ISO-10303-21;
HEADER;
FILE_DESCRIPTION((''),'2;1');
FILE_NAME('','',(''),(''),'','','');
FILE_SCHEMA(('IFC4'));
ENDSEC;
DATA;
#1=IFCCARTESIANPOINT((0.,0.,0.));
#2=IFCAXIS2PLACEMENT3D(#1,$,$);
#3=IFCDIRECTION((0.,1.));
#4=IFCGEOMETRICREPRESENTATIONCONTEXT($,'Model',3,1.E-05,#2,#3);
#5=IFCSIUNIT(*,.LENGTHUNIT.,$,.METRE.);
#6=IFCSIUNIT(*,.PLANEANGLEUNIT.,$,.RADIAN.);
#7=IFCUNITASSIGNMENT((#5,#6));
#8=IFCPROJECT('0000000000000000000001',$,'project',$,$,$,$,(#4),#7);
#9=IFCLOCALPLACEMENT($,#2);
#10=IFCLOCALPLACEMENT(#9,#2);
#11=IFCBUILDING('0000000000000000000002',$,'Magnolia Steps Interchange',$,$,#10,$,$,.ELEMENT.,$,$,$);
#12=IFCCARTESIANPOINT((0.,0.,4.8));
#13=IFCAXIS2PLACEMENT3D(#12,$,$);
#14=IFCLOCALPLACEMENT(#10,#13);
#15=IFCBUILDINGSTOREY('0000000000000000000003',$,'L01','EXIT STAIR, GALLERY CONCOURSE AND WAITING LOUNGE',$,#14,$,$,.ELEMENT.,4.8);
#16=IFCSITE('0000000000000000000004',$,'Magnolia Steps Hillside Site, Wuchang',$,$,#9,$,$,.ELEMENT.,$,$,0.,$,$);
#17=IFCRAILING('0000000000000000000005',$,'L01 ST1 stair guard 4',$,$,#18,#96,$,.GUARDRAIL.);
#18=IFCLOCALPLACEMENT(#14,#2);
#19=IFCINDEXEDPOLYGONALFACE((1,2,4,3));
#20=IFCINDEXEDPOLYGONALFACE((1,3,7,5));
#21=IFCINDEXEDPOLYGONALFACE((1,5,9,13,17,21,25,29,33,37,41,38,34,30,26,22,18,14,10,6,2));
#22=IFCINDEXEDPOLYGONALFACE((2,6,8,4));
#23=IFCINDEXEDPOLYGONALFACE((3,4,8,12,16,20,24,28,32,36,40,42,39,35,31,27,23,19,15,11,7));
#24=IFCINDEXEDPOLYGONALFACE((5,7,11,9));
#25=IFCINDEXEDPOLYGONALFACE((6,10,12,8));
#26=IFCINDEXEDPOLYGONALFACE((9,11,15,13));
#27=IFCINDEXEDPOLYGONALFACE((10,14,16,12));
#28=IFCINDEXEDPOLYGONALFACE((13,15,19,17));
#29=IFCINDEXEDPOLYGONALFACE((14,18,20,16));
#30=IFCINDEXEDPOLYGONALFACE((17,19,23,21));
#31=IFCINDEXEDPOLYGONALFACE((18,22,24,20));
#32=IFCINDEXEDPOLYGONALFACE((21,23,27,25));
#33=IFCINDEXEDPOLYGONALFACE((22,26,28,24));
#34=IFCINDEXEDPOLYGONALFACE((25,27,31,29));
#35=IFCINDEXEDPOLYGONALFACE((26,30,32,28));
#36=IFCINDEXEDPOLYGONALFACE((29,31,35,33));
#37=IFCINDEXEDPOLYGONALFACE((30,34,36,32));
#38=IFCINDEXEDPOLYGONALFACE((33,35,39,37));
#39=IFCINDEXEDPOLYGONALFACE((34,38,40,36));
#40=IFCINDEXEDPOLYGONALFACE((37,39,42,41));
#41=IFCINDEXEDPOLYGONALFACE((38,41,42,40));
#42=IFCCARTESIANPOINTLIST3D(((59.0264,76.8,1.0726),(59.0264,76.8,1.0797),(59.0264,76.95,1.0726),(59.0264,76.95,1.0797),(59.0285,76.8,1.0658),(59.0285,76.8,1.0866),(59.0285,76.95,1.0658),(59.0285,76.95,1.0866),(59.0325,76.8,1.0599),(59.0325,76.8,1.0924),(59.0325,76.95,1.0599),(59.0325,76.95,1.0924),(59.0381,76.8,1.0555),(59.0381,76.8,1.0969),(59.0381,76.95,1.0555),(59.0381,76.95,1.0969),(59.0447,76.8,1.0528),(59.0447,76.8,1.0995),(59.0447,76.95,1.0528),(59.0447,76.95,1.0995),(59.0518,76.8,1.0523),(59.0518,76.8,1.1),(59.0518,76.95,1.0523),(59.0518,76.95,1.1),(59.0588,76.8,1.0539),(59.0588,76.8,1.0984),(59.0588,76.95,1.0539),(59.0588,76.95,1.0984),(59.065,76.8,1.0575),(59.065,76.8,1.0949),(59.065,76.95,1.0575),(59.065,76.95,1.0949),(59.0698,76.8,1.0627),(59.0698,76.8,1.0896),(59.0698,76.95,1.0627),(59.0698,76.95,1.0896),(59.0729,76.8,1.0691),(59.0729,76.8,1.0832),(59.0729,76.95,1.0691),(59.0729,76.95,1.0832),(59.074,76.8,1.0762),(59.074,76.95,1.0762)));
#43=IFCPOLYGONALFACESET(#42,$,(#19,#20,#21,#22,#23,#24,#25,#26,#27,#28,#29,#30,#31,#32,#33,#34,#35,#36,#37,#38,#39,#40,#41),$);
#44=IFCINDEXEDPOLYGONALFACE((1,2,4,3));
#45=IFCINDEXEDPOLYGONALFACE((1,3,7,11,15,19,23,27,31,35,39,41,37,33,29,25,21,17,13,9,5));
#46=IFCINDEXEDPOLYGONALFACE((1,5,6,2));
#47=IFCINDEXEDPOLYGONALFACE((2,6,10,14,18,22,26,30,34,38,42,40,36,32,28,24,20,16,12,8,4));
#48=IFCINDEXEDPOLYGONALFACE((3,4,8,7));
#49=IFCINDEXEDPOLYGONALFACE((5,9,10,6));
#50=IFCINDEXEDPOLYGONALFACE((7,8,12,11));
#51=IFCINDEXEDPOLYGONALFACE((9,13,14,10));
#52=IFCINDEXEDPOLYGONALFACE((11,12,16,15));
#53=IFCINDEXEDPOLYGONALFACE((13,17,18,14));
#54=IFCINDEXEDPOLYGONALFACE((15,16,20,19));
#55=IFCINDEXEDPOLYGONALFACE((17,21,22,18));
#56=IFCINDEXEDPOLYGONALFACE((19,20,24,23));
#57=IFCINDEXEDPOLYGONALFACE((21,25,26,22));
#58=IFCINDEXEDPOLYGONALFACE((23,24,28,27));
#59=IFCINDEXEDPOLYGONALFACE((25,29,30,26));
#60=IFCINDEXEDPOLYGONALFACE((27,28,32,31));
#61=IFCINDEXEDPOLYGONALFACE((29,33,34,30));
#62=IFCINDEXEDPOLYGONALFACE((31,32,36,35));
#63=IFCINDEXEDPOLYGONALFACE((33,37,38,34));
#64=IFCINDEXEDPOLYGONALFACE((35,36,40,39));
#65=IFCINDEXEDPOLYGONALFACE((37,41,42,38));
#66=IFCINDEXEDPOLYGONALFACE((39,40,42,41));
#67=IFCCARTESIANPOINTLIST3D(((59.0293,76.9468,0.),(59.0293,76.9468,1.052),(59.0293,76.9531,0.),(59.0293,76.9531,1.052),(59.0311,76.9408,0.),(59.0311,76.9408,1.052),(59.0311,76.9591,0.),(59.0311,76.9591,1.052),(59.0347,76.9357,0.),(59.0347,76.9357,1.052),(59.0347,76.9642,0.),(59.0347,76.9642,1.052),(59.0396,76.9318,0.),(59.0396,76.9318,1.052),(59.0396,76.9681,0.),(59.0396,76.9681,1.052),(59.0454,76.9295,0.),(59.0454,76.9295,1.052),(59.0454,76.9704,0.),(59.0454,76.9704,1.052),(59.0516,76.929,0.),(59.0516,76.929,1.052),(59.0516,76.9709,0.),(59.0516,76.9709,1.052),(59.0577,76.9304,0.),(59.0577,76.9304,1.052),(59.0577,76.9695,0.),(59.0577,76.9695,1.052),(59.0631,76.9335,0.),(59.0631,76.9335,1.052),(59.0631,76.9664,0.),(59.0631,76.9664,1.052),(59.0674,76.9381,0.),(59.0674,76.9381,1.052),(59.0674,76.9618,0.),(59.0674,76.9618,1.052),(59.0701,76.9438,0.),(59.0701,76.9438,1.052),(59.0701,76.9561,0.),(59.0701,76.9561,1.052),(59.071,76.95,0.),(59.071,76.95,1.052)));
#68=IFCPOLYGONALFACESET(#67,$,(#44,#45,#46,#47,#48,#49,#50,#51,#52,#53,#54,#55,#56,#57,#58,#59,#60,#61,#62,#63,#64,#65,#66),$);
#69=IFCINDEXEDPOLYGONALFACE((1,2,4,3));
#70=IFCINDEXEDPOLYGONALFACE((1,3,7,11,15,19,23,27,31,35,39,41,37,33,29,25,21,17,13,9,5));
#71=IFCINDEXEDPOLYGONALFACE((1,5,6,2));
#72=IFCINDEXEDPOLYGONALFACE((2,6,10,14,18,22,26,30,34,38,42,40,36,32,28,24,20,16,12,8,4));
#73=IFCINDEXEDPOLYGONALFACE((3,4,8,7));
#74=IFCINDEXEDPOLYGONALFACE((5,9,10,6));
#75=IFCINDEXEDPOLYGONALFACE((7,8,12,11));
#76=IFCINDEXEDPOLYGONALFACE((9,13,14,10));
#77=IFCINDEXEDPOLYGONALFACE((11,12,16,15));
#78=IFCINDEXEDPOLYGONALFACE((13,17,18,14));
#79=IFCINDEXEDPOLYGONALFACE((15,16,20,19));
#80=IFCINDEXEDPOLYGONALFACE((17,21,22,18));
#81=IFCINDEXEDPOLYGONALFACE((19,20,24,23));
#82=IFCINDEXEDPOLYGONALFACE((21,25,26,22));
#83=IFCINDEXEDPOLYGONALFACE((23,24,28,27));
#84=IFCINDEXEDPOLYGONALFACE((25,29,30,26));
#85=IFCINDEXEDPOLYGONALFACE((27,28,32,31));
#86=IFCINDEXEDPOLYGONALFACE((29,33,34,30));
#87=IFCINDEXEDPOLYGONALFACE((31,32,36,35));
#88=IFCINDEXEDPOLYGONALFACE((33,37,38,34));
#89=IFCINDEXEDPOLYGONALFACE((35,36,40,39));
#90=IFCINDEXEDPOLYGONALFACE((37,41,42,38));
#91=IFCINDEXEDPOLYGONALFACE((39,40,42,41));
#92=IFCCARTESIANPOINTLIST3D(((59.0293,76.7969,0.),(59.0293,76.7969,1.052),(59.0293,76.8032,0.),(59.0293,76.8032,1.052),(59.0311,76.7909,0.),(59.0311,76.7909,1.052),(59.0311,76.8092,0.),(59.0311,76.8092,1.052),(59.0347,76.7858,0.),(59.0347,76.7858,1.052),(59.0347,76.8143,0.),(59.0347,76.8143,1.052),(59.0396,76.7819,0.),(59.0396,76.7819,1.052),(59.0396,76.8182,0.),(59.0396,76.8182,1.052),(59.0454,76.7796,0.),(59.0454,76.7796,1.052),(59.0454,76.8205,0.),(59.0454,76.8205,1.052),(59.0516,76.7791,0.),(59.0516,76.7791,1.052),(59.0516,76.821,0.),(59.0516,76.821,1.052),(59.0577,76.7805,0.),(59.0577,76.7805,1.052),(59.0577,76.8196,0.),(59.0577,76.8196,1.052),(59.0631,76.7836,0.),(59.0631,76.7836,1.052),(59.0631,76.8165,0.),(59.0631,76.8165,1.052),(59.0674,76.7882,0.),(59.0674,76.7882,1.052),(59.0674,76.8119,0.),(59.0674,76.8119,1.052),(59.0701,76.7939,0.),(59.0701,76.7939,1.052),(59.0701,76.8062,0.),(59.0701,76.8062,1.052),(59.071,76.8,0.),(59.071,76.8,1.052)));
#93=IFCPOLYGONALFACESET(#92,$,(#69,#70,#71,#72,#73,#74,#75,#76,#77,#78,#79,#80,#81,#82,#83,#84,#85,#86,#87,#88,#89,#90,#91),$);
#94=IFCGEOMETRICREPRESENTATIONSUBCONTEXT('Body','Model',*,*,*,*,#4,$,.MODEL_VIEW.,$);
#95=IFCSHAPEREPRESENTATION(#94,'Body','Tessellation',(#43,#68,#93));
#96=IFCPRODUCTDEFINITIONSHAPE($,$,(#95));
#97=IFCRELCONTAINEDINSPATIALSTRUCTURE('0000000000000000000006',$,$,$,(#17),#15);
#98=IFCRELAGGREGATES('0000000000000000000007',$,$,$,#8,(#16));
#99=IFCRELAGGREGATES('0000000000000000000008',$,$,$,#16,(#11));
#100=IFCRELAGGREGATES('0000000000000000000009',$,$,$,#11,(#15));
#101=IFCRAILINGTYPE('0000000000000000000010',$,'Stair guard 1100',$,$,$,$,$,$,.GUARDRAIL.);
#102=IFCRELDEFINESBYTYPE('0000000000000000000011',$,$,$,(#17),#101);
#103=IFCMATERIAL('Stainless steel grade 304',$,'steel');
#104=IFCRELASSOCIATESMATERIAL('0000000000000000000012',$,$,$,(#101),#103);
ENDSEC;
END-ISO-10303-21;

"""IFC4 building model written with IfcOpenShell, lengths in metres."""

from ifc_helpers import new_model, si_unit, direction, frame, origin, origin_2d, place, context, subcontext, project, spatial, circle, extrude, material, type_object, element, save


model = new_model("IFC4")

# Units and contexts
model_context = context("Model", 3, precision=1e-05, world=origin(), true_north=direction((0.0, 1.0)))
body_context = subcontext(model_context, "Body", "Model", "MODEL_VIEW")
ifc_project = project(units=[si_unit("LENGTHUNIT", "METRE"), si_unit("PLANEANGLEUNIT", "RADIAN")], contexts=[model_context])

# Site, building, storey
site_placement = place(None, origin())
site = spatial("IfcSite", under=ifc_project, at=site_placement, Name="Magnolia Steps Hillside Site, Wuchang", CompositionType="ELEMENT", RefElevation=0.0)
building_placement = place(site_placement, origin())
building = spatial("IfcBuilding", under=site, at=building_placement, Name="Magnolia Steps Interchange", CompositionType="ELEMENT")
storey_placement = place(building_placement, frame((0.0, 0.0, 4.8)))
storey = spatial("IfcBuildingStorey", under=building, at=storey_placement, Name="L01", Description="EXIT STAIR, GALLERY CONCOURSE AND WAITING LOUNGE", CompositionType="ELEMENT", Elevation=4.8)

# Railing
ifc_material_1 = material(Name="Stainless steel grade 304", Category="steel")
railing_type_1 = type_object("IfcRailingType", Name="Stair guard 1100", PredefinedType="GUARDRAIL", material=ifc_material_1)
railing_1_placement = place(storey_placement, frame((59.05, 76.95, 0.0)))
element("IfcRailing", 1, at=railing_1_placement, inside=storey, type_object=railing_type_1, Name="L01 ST1 stair guard 4", PredefinedType="GUARDRAIL", context=body_context, shape_type="SweptSolid", body=[
    extrude(circle(Radius=0.0239, at=origin_2d()), frame((0.0, 0.0, 1.0762), z_axis=(0.0, -1.0, 0.0), x_axis=(1.0, 0.0, 0.0)), (0.0, 0.0, 1.0), 0.1499),
    extrude(circle(Radius=0.021, at=origin_2d()), origin(), (0.0, 0.0, 1.0), 1.052),
    extrude(circle(Radius=0.021, at=origin_2d()), frame((0.0, -0.1499, 0.0)), (0.0, 0.0, 1.0), 1.052),
])

save(model, "model.ifc")
